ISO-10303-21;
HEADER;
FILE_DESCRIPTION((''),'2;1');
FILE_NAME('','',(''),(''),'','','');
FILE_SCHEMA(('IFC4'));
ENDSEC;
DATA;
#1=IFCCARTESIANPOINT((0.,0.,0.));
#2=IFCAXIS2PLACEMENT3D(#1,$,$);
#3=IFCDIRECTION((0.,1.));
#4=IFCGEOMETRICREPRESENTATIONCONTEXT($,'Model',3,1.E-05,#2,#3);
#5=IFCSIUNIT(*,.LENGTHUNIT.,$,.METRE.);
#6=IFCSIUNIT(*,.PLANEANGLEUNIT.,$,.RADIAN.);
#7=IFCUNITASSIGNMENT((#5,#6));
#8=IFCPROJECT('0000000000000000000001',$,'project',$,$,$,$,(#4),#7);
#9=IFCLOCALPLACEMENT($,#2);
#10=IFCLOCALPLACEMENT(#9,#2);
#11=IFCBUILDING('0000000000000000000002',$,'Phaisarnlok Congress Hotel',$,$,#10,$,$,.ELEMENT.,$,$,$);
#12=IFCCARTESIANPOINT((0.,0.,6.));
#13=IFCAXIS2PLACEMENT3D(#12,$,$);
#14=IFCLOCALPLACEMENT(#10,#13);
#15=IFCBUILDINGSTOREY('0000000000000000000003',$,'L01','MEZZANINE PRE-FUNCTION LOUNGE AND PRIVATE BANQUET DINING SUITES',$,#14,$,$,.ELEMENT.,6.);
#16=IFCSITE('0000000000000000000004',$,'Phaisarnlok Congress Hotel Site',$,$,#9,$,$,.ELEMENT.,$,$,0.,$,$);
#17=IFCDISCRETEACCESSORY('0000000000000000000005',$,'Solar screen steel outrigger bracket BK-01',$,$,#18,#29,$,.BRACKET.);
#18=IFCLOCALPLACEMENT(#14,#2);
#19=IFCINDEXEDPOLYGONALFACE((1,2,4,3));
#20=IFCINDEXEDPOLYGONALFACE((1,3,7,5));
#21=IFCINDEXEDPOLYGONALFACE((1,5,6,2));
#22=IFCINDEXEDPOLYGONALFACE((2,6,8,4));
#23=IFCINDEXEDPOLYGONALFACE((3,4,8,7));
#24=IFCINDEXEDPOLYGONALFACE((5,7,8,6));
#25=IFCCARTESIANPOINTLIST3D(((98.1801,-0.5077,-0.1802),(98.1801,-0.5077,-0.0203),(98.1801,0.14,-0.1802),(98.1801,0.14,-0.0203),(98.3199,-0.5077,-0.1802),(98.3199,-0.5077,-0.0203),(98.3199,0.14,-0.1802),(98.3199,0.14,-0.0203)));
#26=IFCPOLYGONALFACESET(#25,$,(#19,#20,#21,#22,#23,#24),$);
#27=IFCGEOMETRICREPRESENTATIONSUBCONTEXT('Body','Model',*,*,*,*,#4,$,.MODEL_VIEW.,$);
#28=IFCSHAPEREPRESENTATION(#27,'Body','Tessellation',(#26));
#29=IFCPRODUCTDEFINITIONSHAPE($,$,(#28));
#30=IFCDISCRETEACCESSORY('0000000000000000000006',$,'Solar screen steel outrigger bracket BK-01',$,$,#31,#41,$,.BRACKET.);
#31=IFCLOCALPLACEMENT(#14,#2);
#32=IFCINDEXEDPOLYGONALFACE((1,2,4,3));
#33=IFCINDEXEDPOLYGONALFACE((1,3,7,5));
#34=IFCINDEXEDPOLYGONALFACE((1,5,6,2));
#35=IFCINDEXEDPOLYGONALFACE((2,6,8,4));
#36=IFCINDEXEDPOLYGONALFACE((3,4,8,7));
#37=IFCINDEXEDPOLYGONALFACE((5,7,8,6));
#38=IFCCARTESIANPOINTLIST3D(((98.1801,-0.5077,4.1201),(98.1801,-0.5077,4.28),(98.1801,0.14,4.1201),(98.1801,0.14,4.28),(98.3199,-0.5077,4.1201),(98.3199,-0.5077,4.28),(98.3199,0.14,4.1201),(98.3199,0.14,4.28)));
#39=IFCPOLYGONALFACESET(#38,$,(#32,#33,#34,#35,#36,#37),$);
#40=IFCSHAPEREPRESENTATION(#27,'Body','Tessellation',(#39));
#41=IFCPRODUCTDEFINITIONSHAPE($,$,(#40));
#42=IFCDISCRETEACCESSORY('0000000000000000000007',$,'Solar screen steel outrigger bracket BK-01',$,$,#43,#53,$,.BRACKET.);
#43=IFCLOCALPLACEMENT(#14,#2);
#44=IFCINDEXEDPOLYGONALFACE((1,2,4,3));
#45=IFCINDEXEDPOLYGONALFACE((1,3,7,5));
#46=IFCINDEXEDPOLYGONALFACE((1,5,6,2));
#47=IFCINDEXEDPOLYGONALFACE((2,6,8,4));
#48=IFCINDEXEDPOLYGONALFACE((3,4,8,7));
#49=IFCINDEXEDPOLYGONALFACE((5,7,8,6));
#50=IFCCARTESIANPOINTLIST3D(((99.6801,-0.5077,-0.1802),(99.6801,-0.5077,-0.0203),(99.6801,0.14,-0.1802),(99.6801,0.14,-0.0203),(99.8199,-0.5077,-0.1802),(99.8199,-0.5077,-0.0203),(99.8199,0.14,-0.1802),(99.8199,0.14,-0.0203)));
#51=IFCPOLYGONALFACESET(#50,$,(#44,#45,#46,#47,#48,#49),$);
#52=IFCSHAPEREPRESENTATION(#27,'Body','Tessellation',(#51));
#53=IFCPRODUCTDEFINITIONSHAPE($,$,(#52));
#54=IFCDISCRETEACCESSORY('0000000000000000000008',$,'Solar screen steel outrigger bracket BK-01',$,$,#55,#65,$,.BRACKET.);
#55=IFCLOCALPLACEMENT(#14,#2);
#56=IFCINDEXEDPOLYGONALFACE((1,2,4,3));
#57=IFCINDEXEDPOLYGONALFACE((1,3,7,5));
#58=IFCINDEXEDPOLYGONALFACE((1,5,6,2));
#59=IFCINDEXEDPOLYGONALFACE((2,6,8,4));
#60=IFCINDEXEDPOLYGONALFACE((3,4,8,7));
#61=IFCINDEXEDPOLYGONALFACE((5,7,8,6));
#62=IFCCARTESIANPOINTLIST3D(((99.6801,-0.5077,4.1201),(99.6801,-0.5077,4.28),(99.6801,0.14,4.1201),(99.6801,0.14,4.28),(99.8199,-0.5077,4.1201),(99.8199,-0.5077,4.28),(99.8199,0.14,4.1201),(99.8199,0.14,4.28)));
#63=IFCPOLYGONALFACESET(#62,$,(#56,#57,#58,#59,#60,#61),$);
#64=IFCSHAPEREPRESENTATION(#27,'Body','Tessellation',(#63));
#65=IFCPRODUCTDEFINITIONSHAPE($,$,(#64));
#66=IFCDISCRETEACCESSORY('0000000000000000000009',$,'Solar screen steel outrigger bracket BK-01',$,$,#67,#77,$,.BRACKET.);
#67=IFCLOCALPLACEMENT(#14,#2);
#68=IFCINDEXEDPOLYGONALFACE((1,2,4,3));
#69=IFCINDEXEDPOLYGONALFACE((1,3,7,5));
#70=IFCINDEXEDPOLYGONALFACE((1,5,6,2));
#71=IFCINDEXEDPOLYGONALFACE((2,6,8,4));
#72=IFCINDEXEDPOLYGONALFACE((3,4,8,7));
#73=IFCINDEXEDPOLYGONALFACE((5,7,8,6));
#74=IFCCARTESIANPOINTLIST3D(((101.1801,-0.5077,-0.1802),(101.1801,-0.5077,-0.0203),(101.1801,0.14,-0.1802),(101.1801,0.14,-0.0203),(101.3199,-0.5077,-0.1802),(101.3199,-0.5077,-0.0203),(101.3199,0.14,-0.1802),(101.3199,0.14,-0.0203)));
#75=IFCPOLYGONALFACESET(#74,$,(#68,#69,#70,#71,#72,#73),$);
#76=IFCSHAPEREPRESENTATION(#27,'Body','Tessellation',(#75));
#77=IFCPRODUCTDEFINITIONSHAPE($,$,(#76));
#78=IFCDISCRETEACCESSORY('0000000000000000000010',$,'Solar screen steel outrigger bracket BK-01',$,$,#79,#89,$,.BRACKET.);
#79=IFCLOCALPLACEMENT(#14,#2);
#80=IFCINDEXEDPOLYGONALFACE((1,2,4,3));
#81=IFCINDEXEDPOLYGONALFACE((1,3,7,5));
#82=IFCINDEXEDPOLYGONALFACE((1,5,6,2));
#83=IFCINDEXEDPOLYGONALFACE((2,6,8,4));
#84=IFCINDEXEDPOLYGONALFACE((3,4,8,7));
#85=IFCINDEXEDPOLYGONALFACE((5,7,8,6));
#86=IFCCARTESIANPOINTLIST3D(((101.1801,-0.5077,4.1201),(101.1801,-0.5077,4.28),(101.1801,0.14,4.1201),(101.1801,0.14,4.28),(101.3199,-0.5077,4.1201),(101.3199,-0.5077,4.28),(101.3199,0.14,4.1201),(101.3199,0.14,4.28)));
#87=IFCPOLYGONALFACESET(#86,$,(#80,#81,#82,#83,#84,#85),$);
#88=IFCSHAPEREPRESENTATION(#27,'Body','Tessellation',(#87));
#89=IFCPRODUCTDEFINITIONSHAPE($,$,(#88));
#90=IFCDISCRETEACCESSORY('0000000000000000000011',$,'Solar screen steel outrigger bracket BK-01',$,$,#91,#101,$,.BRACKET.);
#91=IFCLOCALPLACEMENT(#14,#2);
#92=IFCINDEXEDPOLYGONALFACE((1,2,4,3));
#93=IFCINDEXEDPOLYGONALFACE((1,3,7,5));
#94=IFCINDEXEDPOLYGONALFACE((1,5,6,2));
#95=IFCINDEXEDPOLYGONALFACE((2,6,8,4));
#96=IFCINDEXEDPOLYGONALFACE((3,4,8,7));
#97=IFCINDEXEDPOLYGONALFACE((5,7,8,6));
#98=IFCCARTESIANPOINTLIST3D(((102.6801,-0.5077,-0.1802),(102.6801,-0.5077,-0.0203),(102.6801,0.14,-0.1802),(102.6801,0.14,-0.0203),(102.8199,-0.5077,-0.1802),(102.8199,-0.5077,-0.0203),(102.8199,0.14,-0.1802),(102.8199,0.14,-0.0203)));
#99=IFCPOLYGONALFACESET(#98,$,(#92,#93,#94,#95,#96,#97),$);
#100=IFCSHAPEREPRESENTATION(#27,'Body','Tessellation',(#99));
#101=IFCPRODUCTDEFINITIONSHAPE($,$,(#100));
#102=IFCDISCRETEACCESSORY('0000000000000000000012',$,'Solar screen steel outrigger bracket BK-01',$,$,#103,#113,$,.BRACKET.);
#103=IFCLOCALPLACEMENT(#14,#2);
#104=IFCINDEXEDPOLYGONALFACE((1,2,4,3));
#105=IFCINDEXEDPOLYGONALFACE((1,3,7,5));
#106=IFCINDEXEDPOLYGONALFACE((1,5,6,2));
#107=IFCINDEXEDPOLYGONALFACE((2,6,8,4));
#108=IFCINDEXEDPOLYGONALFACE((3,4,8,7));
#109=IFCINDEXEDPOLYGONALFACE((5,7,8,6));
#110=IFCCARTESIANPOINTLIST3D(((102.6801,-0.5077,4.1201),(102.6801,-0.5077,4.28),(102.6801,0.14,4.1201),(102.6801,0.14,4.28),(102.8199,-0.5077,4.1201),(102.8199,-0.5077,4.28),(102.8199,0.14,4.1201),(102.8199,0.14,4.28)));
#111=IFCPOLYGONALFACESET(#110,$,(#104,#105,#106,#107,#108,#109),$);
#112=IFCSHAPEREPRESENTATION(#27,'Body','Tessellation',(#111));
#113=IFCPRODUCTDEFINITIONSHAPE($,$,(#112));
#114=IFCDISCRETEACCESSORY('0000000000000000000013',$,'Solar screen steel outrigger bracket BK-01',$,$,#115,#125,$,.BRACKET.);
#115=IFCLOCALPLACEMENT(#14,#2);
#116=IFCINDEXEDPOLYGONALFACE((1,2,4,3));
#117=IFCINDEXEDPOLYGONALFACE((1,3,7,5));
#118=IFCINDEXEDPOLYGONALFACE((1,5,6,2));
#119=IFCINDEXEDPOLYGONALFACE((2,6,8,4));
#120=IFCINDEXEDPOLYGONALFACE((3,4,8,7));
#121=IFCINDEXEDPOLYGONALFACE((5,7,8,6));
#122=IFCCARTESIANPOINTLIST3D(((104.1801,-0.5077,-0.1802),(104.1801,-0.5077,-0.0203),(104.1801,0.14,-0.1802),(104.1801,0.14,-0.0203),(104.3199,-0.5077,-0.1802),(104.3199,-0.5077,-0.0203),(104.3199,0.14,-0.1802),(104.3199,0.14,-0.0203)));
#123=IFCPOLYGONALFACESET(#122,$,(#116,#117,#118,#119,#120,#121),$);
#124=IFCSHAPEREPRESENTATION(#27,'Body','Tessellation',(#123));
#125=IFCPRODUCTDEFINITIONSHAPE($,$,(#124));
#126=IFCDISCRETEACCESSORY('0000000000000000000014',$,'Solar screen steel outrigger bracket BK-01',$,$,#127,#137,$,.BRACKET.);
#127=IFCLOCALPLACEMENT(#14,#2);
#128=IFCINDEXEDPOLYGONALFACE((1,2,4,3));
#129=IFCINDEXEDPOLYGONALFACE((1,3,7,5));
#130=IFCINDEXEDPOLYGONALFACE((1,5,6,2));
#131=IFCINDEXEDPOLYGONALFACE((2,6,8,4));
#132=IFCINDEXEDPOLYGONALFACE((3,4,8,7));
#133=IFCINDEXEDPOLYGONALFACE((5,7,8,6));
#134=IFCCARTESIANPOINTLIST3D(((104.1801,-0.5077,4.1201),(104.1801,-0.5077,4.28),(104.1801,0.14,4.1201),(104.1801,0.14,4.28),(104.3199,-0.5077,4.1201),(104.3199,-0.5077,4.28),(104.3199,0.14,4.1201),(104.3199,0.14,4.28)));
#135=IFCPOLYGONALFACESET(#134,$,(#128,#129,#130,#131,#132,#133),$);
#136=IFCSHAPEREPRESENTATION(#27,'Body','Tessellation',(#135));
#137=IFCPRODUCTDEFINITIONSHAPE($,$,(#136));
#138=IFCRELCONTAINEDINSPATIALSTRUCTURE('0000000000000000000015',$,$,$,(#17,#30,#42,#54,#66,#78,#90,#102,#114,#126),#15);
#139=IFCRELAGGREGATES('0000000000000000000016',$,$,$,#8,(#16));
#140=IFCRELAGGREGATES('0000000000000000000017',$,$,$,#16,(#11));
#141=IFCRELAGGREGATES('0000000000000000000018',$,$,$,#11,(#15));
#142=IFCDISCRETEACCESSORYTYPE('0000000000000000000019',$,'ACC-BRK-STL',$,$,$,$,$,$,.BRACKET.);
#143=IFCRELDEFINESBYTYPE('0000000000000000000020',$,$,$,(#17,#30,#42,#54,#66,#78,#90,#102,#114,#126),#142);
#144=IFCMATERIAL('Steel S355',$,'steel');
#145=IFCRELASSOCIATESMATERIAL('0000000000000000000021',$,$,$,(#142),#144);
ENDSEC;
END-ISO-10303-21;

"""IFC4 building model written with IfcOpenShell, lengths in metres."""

from ifc_helpers import new_model, si_unit, direction, frame, origin, origin_2d, place, context, subcontext, project, spatial, rectangle, extrude, material, type_object, element, save


model = new_model("IFC4")

# Units and contexts
model_context = context("Model", 3, precision=1e-05, world=origin(), true_north=direction((0.0, 1.0)))
body_context = subcontext(model_context, "Body", "Model", "MODEL_VIEW")
ifc_project = project(units=[si_unit("LENGTHUNIT", "METRE"), si_unit("PLANEANGLEUNIT", "RADIAN")], contexts=[model_context])

# Site, building, storey
site_placement = place(None, origin())
site = spatial("IfcSite", under=ifc_project, at=site_placement, Name="Phaisarnlok Congress Hotel Site", CompositionType="ELEMENT", RefElevation=0.0)
building_placement = place(site_placement, origin())
building = spatial("IfcBuilding", under=site, at=building_placement, Name="Phaisarnlok Congress Hotel", CompositionType="ELEMENT")
storey_placement = place(building_placement, frame((0.0, 0.0, 6.0)))
storey = spatial("IfcBuildingStorey", under=building, at=storey_placement, Name="L01", Description="MEZZANINE PRE-FUNCTION LOUNGE AND PRIVATE BANQUET DINING SUITES", CompositionType="ELEMENT", Elevation=6.0)

# Discrete accessories
ifc_material_1 = material(Name="Steel S355", Category="steel")
discrete_accessory_type = type_object("IfcDiscreteAccessoryType", Name="ACC-BRK-STL", PredefinedType="BRACKET", material=ifc_material_1)
for number, where, z_axis, x_axis, name in (
    (1, (98.25, -0.1838, -0.1802), (0.0, 0.0, 1.0), (1.0, 0.0, 0.0), "Solar screen steel outrigger bracket BK-01"),
    (2, (98.25, -0.1838, 4.1201), (0.0, 0.0, 1.0), (1.0, 0.0, 0.0), "Solar screen steel outrigger bracket BK-01"),
    (3, (99.75, -0.1838, -0.1802), (0.0, 0.0, 1.0), (1.0, 0.0, 0.0), "Solar screen steel outrigger bracket BK-01"),
    (4, (99.75, -0.1838, 4.1201), (0.0, 0.0, 1.0), (1.0, 0.0, 0.0), "Solar screen steel outrigger bracket BK-01"),
    (5, (101.25, -0.1838, -0.1802), (0.0, 0.0, 1.0), (1.0, 0.0, 0.0), "Solar screen steel outrigger bracket BK-01"),
    (6, (101.25, -0.1838, 4.1201), (0.0, 0.0, 1.0), (1.0, 0.0, 0.0), "Solar screen steel outrigger bracket BK-01"),
    (7, (102.75, -0.1838, -0.1802), (0.0, 0.0, 1.0), (1.0, 0.0, 0.0), "Solar screen steel outrigger bracket BK-01"),
    (8, (102.75, -0.1838, 4.1201), (0.0, 0.0, 1.0), (1.0, 0.0, 0.0), "Solar screen steel outrigger bracket BK-01"),
    (9, (104.25, -0.1838, -0.1802), (0.0, 0.0, 1.0), (1.0, 0.0, 0.0), "Solar screen steel outrigger bracket BK-01"),
    (10, (104.25, -0.1838, 4.1201), (0.0, 0.0, 1.0), (1.0, 0.0, 0.0), "Solar screen steel outrigger bracket BK-01"),
):
    element("IfcDiscreteAccessory", number, at=place(storey_placement, frame(where, z_axis=z_axis, x_axis=x_axis)), inside=storey, type_object=discrete_accessory_type, Name=name, PredefinedType="BRACKET", context=body_context, shape_type="SweptSolid", body=[
        extrude(rectangle(XDim=0.1399, YDim=0.6477, at=origin_2d()), origin(), (0.0, 0.0, 1.0), 0.1599),
    ])

save(model, "model.ifc")
